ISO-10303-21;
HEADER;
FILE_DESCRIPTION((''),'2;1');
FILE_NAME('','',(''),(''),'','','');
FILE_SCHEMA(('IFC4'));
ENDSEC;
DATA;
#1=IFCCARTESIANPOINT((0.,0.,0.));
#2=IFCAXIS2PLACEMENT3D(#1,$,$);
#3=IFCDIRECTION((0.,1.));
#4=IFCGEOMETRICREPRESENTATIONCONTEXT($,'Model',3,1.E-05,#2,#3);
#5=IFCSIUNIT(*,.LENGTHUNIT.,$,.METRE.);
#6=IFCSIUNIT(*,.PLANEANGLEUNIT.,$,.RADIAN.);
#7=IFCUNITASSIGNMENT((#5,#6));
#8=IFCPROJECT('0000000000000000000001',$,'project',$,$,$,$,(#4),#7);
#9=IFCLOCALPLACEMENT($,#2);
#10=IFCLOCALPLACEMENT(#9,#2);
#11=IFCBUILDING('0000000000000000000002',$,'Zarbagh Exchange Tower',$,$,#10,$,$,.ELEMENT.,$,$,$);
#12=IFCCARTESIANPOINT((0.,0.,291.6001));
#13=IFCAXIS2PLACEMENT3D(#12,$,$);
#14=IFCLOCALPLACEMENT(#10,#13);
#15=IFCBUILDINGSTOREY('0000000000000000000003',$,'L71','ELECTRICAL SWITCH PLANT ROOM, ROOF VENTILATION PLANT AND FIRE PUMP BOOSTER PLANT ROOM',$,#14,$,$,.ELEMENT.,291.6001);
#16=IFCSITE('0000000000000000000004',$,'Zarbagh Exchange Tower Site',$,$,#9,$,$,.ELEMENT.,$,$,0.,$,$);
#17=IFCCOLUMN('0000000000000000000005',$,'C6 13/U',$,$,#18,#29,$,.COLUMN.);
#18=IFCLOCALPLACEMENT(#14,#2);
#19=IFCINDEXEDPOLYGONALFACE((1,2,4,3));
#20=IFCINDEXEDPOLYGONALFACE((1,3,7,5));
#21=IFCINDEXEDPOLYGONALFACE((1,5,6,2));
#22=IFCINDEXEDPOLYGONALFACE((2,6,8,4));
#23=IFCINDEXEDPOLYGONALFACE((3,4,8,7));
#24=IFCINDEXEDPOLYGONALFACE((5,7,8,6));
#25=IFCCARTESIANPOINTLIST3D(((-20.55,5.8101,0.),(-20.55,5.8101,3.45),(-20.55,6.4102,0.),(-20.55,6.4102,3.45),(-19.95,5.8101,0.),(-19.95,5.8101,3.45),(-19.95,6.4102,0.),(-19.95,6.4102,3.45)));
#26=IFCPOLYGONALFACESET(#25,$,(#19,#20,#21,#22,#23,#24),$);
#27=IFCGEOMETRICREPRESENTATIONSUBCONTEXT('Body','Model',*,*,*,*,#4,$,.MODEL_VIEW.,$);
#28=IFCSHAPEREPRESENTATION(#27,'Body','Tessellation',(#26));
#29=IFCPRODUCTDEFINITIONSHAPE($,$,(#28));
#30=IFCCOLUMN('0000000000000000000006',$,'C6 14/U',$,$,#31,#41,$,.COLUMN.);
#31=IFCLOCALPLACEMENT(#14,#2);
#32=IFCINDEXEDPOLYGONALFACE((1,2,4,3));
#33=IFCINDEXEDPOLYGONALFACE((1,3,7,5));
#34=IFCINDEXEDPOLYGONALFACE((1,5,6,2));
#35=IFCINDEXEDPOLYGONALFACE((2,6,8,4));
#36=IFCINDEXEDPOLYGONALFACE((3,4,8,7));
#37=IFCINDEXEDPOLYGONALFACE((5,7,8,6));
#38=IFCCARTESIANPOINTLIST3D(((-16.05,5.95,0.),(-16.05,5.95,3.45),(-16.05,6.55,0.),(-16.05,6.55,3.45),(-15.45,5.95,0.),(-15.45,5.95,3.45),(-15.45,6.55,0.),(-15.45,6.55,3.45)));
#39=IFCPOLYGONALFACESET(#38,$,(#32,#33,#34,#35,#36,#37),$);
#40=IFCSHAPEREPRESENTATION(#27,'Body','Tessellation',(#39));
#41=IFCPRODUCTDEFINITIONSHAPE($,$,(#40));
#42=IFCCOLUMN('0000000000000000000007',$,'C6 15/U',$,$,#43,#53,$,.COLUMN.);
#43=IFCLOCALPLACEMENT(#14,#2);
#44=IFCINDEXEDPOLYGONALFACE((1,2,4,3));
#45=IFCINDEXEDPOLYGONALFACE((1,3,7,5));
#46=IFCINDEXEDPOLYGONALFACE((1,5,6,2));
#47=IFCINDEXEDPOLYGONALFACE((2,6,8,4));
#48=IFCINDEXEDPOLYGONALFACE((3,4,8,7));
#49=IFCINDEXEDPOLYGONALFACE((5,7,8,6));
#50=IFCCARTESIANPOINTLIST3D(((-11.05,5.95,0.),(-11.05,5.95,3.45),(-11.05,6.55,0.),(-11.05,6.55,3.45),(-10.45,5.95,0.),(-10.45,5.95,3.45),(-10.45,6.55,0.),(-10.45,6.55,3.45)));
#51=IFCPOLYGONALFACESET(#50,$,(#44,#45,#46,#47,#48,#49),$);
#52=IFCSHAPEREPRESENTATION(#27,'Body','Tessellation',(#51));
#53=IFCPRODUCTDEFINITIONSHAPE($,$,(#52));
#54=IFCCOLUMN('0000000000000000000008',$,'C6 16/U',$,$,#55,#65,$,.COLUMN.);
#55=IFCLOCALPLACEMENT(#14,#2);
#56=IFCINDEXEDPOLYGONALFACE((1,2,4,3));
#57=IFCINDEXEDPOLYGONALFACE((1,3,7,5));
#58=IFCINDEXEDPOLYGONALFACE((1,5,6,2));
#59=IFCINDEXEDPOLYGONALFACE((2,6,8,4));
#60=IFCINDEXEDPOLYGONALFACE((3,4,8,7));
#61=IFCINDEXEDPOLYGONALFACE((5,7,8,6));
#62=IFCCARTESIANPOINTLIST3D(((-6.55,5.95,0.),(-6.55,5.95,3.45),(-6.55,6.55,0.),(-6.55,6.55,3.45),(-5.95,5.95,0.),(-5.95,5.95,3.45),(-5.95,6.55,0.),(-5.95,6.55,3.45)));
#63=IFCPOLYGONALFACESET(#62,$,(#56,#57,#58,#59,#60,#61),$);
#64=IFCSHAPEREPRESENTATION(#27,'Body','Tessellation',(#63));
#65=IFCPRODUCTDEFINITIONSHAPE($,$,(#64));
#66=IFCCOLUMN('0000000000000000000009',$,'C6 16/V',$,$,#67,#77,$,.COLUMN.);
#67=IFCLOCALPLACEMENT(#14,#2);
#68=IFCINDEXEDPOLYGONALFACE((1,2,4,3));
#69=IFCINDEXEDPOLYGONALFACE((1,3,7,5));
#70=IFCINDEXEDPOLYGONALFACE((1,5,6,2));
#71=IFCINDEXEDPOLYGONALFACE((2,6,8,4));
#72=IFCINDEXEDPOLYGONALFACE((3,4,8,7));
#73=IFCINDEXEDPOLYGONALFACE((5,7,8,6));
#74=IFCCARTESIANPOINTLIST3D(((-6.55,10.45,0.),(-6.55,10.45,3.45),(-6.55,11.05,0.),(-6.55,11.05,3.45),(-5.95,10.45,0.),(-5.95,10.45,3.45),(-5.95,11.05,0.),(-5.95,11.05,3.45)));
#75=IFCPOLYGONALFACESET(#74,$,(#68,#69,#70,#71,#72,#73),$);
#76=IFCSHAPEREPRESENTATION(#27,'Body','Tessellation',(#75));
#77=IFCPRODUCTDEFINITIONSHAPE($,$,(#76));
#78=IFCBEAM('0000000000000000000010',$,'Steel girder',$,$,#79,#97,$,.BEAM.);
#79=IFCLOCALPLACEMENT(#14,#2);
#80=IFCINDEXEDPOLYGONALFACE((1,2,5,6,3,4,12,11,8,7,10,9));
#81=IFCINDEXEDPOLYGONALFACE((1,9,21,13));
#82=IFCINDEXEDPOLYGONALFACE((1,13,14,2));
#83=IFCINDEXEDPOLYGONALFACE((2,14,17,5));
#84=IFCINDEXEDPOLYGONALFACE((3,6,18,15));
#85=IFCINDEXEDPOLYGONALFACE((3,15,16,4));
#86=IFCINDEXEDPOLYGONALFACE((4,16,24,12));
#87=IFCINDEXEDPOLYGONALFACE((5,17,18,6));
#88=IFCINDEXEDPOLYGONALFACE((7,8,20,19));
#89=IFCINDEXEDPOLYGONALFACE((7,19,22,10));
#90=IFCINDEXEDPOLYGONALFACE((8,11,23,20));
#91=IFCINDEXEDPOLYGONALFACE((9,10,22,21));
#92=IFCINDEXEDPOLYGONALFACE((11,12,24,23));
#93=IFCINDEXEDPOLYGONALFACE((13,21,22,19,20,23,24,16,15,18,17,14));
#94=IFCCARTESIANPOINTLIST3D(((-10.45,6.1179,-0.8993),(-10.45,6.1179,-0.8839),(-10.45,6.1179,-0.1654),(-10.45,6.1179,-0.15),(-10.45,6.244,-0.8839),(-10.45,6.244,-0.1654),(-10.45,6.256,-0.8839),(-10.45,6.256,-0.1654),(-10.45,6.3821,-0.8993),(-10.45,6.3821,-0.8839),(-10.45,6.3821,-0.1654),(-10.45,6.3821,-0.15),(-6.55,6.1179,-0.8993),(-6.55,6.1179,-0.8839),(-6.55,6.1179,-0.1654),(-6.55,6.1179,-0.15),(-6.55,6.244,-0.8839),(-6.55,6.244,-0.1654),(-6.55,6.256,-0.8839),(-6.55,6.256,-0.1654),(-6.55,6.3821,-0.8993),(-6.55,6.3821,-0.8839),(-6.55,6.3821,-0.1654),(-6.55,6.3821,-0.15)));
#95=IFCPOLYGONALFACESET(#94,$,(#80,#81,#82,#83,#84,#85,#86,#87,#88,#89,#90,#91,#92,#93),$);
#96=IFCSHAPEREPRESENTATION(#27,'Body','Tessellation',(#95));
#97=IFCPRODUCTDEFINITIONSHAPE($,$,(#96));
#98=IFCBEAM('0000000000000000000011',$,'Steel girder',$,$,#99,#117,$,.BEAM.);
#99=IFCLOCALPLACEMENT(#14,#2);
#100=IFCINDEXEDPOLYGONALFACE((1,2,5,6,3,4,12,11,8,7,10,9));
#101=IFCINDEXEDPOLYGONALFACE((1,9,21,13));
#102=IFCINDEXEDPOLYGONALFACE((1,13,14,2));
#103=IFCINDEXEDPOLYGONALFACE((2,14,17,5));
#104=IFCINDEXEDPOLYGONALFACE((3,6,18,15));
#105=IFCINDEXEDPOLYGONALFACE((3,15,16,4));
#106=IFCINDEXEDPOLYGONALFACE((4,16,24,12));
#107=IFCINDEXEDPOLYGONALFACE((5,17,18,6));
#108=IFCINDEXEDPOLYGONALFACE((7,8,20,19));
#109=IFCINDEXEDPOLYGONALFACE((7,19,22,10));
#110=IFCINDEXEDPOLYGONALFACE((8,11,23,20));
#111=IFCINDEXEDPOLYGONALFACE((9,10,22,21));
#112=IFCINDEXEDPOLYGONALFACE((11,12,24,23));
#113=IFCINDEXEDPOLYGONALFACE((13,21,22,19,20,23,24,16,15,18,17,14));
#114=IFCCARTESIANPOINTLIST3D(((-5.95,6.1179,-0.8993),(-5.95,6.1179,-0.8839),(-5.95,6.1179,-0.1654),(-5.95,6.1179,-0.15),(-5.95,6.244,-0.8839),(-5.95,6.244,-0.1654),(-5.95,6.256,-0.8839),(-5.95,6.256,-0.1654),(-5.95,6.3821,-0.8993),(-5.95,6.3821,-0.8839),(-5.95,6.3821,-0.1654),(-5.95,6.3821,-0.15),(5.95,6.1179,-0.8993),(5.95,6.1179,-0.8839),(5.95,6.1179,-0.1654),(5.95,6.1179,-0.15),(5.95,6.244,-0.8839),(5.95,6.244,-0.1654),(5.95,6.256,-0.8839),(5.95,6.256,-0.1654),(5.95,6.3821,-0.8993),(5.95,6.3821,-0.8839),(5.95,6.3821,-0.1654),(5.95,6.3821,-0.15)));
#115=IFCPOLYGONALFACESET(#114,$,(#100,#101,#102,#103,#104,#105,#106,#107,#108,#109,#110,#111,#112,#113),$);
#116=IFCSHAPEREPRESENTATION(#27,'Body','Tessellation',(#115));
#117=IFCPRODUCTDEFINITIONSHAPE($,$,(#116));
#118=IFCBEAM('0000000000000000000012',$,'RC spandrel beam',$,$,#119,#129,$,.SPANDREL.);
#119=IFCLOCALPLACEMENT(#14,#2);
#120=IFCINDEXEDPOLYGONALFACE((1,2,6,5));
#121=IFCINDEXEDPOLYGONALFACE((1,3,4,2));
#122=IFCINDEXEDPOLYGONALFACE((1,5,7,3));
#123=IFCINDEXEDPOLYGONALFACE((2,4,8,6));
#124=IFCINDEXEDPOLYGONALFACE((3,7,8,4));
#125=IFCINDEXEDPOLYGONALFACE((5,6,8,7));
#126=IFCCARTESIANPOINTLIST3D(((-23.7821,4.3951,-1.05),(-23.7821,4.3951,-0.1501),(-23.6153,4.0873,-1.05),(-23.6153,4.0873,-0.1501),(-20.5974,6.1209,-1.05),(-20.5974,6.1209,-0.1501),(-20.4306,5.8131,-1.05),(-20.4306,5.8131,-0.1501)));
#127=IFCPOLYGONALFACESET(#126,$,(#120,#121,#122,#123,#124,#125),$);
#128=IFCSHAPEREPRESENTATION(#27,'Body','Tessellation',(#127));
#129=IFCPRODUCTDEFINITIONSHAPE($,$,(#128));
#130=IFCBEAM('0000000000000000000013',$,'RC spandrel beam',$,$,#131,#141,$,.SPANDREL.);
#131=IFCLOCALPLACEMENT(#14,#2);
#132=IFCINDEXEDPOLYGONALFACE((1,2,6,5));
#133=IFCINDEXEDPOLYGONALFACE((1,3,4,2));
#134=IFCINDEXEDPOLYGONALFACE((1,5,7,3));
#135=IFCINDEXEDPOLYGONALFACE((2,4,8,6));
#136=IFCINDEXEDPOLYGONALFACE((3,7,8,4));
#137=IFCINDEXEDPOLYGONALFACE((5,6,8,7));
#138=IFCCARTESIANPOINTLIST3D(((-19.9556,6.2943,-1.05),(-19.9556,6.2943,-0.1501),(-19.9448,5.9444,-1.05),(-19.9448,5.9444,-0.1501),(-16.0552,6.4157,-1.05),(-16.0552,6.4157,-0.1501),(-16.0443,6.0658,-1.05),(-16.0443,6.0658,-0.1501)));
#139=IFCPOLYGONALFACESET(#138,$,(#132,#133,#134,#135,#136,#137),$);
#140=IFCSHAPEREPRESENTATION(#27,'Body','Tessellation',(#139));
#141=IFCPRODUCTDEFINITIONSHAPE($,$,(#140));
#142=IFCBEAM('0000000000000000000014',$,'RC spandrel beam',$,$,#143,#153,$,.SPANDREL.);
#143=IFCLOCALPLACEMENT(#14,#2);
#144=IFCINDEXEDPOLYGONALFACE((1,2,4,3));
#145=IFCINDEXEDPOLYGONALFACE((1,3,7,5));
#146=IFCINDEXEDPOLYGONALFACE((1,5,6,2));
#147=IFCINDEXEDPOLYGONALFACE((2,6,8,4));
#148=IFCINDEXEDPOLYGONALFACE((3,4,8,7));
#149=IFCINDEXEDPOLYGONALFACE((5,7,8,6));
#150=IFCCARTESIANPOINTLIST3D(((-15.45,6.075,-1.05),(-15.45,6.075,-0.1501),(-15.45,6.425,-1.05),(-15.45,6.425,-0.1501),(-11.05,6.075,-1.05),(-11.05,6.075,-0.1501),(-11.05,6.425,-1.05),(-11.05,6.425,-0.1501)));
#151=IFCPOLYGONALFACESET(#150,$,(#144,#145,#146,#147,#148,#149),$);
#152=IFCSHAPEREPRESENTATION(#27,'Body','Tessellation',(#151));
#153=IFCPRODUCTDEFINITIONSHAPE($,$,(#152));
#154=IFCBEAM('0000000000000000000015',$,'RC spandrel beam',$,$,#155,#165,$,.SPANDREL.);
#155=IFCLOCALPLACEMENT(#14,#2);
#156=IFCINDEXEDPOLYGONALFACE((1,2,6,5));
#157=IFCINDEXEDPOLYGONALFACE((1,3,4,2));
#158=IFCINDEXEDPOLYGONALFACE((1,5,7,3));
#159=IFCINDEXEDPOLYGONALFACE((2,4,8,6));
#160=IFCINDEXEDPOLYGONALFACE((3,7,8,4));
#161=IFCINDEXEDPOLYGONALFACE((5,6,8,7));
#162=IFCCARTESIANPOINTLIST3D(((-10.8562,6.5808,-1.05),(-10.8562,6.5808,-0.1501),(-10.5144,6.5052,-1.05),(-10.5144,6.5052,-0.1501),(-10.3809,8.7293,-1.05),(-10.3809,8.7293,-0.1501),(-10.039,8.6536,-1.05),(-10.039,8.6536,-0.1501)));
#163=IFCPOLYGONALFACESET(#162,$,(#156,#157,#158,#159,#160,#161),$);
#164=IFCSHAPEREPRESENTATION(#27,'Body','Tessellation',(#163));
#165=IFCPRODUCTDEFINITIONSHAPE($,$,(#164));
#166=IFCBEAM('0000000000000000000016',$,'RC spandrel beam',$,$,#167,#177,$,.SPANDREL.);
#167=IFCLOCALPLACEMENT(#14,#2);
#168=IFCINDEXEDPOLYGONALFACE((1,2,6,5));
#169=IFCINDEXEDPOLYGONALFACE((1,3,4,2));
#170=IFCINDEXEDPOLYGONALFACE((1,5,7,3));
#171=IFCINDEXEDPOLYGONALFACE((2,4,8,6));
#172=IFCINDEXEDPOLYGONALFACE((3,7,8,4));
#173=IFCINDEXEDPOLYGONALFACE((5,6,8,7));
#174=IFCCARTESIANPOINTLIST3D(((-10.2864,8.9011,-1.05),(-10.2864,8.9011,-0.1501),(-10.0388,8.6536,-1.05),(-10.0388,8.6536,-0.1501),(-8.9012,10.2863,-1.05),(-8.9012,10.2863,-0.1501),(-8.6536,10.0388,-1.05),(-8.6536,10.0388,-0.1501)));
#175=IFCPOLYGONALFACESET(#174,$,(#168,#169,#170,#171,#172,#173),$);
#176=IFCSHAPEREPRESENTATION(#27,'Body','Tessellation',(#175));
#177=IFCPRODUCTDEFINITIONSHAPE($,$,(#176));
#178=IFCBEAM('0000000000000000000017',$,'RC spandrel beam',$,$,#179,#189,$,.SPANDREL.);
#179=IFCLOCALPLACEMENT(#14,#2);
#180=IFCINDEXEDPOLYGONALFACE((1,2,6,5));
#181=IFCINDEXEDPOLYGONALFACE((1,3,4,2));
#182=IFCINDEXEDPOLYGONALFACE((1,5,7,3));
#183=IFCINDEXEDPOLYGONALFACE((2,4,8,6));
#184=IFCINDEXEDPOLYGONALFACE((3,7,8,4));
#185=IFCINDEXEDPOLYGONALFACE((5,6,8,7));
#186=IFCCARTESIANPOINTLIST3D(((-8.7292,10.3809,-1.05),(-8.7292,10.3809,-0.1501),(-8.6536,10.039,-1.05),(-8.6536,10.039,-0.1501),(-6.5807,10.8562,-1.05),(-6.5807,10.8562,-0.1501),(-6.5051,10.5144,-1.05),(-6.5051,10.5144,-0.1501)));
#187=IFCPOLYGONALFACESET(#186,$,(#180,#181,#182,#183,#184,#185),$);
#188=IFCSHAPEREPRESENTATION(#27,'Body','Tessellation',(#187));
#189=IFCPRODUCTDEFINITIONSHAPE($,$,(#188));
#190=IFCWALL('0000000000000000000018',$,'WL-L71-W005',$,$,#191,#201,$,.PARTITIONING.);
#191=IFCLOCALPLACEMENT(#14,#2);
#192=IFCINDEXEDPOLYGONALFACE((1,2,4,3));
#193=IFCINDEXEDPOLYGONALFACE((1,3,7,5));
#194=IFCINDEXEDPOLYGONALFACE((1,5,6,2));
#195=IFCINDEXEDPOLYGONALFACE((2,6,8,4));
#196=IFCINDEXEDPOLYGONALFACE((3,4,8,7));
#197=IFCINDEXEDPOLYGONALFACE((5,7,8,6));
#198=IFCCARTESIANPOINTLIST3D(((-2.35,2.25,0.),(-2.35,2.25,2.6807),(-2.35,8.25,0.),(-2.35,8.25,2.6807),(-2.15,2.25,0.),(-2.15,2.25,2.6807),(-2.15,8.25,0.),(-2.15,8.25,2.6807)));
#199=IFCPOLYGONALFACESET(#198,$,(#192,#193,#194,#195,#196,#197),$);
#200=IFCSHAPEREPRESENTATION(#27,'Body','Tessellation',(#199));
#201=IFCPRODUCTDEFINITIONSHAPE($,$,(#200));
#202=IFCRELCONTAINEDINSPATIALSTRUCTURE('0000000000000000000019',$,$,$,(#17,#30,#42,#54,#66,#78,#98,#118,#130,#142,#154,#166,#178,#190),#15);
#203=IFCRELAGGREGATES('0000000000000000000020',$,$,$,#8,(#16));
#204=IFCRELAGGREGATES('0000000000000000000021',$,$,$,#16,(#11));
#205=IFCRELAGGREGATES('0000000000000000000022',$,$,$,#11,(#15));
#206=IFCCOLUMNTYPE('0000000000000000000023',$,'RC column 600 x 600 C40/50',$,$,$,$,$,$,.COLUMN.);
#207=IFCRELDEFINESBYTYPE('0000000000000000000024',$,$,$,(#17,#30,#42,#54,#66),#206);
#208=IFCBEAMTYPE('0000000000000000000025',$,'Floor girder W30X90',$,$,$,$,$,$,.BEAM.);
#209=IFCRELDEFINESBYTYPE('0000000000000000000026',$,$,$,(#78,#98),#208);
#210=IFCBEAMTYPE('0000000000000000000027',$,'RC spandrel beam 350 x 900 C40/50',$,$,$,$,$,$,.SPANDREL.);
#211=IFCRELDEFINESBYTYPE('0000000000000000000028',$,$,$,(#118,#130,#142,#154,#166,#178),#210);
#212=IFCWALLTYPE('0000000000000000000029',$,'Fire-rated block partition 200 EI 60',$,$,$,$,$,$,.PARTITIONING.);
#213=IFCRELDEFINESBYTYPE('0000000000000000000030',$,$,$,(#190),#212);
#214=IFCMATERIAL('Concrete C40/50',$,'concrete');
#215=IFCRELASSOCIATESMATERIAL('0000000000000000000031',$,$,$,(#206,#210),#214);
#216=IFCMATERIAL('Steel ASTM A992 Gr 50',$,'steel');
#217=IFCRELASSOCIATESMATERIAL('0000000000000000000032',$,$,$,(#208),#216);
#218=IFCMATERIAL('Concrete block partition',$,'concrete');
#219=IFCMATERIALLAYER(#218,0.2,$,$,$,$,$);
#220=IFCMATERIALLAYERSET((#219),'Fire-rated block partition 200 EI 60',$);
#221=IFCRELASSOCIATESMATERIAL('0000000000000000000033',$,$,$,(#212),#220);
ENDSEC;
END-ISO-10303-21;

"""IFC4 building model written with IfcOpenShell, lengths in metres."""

from ifc_helpers import new_model, si_unit, direction, frame, frame_2d, origin, origin_2d, place, context, subcontext, project, spatial, rectangle, i_section, extrude, material, layer, layer_set, material_profile, profile_set, type_object, element, save


model = new_model("IFC4")

# Units and contexts
model_context = context("Model", 3, precision=1e-05, world=origin(), true_north=direction((0.0, 1.0)))
body_context = subcontext(model_context, "Body", "Model", "MODEL_VIEW")
ifc_project = project(units=[si_unit("LENGTHUNIT", "METRE"), si_unit("PLANEANGLEUNIT", "RADIAN")], contexts=[model_context])

# Site, building, storey
site_placement = place(None, origin())
site = spatial("IfcSite", under=ifc_project, at=site_placement, Name="Zarbagh Exchange Tower Site", CompositionType="ELEMENT", RefElevation=0.0)
building_placement = place(site_placement, origin())
building = spatial("IfcBuilding", under=site, at=building_placement, Name="Zarbagh Exchange Tower", CompositionType="ELEMENT")
storey_placement = place(building_placement, frame((0.0, 0.0, 291.6001)))
storey = spatial("IfcBuildingStorey", under=building, at=storey_placement, Name="L71", Description="ELECTRICAL SWITCH PLANT ROOM, ROOF VENTILATION PLANT AND FIRE PUMP BOOSTER PLANT ROOM", CompositionType="ELEMENT", Elevation=291.6001)

# Columns
ifc_material_1 = material(Name="Concrete C40/50", Category="concrete")
ifc_material_profile_1 = material_profile(ifc_material_1, rectangle(XDim=0.6001, YDim=0.6001, at=origin_2d()), Name="RC column 600 x 600 C40/50")
ifc_profile_set_1 = profile_set([ifc_material_profile_1], Name="Concrete C40/50")
column_type = type_object("IfcColumnType", Name="RC column 600 x 600 C40/50", PredefinedType="COLUMN", material=ifc_profile_set_1)
for number, where, z_axis, x_axis, name in (
    (1, (-20.25, 6.1101, 0.0), (0.0, 0.0, 1.0), (1.0, 0.0, 0.0), "C6 13/U"),
    (2, (-15.75, 6.25, 0.0), (0.0, 0.0, 1.0), (1.0, 0.0, 0.0), "C6 14/U"),
    (3, (-10.75, 6.25, 0.0), (0.0, 0.0, 1.0), (1.0, 0.0, 0.0), "C6 15/U"),
    (4, (-6.25, 6.25, 0.0), (0.0, 0.0, 1.0), (1.0, 0.0, 0.0), "C6 16/U"),
    (5, (-6.25, 10.75, 0.0), (0.0, 0.0, 1.0), (1.0, 0.0, 0.0), "C6 16/V"),
):
    element("IfcColumn", number, at=place(storey_placement, frame(where, z_axis=z_axis, x_axis=x_axis)), inside=storey, type_object=column_type, Name=name, PredefinedType="COLUMN", context=body_context, shape_type="SweptSolid", body=[
        extrude(rectangle(XDim=0.6001, YDim=0.6001, at=origin_2d()), origin(), (0.0, 0.0, 1.0), 3.45),
    ])

# Beams
ifc_material_2 = material(Name="Steel ASTM A992 Gr 50", Category="steel")
ifc_material_profile_2 = material_profile(ifc_material_2, i_section(OverallWidth=0.2642, OverallDepth=0.7493, WebThickness=0.012, FlangeThickness=0.0154, at=origin_2d()), Name="W30X90")
ifc_profile_set_2 = profile_set([ifc_material_profile_2], Name="Steel ASTM A992 Gr 50")
beam_type_1 = type_object("IfcBeamType", Name="Floor girder W30X90", PredefinedType="BEAM", material=ifc_profile_set_2)
beam_1_placement = place(storey_placement, frame((-10.45, 6.25, -0.5247), z_axis=(1.0, 0.0, 0.0), x_axis=(0.0, 1.0, 0.0)))
element("IfcBeam", 6, at=beam_1_placement, inside=storey, type_object=beam_type_1, Name="Steel girder", PredefinedType="BEAM", context=body_context, shape_type="SweptSolid", body=[
    extrude(i_section(OverallWidth=0.2642, OverallDepth=0.7493, WebThickness=0.012, FlangeThickness=0.0154, at=origin_2d()), origin(), (0.0, 0.0, 1.0), 3.8999),
])
beam_2_placement = place(storey_placement, frame((-5.95, 6.25, -0.5247), z_axis=(1.0, 0.0, 0.0), x_axis=(0.0, 1.0, 0.0)))
element("IfcBeam", 7, at=beam_2_placement, inside=storey, type_object=beam_type_1, Name="Steel girder", PredefinedType="BEAM", context=body_context, shape_type="SweptSolid", body=[
    extrude(i_section(OverallWidth=0.2642, OverallDepth=0.7493, WebThickness=0.012, FlangeThickness=0.0154, at=origin_2d()), origin(), (0.0, 0.0, 1.0), 11.8999),
])
ifc_material_profile_3 = material_profile(ifc_material_1, rectangle(XDim=0.3501, YDim=0.8999, at=origin_2d()), Name="RC spandrel beam 350 x 900 C40/50")
ifc_profile_set_3 = profile_set([ifc_material_profile_3], Name="Concrete C40/50")
beam_type_2 = type_object("IfcBeamType", Name="RC spandrel beam 350 x 900 C40/50", PredefinedType="SPANDREL", material=ifc_profile_set_3)
beam_3_placement = place(storey_placement, frame((-23.6987, 4.2412, -0.6001), z_axis=(0.879208, 0.476437, 0.0), x_axis=(-0.476437, 0.879208, 0.0)))
element("IfcBeam", 8, at=beam_3_placement, inside=storey, type_object=beam_type_2, Name="RC spandrel beam", PredefinedType="SPANDREL", context=body_context, shape_type="SweptSolid", body=[
    extrude(rectangle(XDim=0.3501, YDim=0.8999, at=origin_2d()), origin(), (0.0, 0.0, 1.0), 3.6223),
])
beam_4_placement = place(storey_placement, frame((-19.9502, 6.1194, -0.6001), z_axis=(0.999516, 0.031094, 0.0), x_axis=(-0.031094, 0.999516, 0.0)))
element("IfcBeam", 9, at=beam_4_placement, inside=storey, type_object=beam_type_2, Name="RC spandrel beam", PredefinedType="SPANDREL", context=body_context, shape_type="SweptSolid", body=[
    extrude(rectangle(XDim=0.3501, YDim=0.8999, at=origin_2d()), origin(), (0.0, 0.0, 1.0), 3.9023),
])
beam_5_placement = place(storey_placement, frame((-15.45, 6.25, -0.6001), z_axis=(1.0, 0.0, 0.0), x_axis=(0.0, 1.0, 0.0)))
element("IfcBeam", 10, at=beam_5_placement, inside=storey, type_object=beam_type_2, Name="RC spandrel beam", PredefinedType="SPANDREL", context=body_context, shape_type="SweptSolid", body=[
    extrude(rectangle(XDim=0.3501, YDim=0.8999, at=origin_2d()), origin(), (0.0, 0.0, 1.0), 4.3999),
])
beam_6_placement = place(storey_placement, frame((-10.6853, 6.543, -0.6001), z_axis=(0.216026, 0.976388, 0.0), x_axis=(-0.976388, 0.216026, 0.0)))
element("IfcBeam", 11, at=beam_6_placement, inside=storey, type_object=beam_type_2, Name="RC spandrel beam", PredefinedType="SPANDREL", context=body_context, shape_type="SweptSolid", body=[
    extrude(rectangle(XDim=0.3501, YDim=0.8999, at=origin_2d()), origin(), (0.0, 0.0, 1.0), 2.2004),
])
beam_7_placement = place(storey_placement, frame((-10.1626, 8.7773, -0.6001), z_axis=(0.707107, 0.707107, 0.0), x_axis=(-0.707107, 0.707107, 0.0)))
element("IfcBeam", 12, at=beam_7_placement, inside=storey, type_object=beam_type_2, Name="RC spandrel beam", PredefinedType="SPANDREL", context=body_context, shape_type="SweptSolid", body=[
    extrude(rectangle(XDim=0.3501, YDim=0.8999, at=origin_2d()), origin(), (0.0, 0.0, 1.0), 1.959),
])
beam_8_placement = place(storey_placement, frame((-8.6914, 10.21, -0.6001), z_axis=(0.976388, 0.216026, 0.0), x_axis=(-0.216026, 0.976388, 0.0)))
element("IfcBeam", 13, at=beam_8_placement, inside=storey, type_object=beam_type_2, Name="RC spandrel beam", PredefinedType="SPANDREL", context=body_context, shape_type="SweptSolid", body=[
    extrude(rectangle(XDim=0.3501, YDim=0.8999, at=origin_2d()), origin(), (0.0, 0.0, 1.0), 2.2004),
])

# Wall
ifc_material_3 = material(Name="Concrete block partition", Category="concrete")
ifc_layer = layer(ifc_material_3, 0.2)
ifc_layer_set = layer_set([ifc_layer], Name="Fire-rated block partition 200 EI 60")
wall_type = type_object("IfcWallType", Name="Fire-rated block partition 200 EI 60", PredefinedType="PARTITIONING", material=ifc_layer_set)
wall_1_placement = place(storey_placement, frame((-2.25, 2.25, 0.0), z_axis=(0.0, 0.0, 1.0), x_axis=(0.0, 1.0, 0.0)))
element("IfcWall", 14, at=wall_1_placement, inside=storey, type_object=wall_type, Name="WL-L71-W005", PredefinedType="PARTITIONING", context=body_context, shape_type="SweptSolid", body=[
    extrude(rectangle(XDim=6.0, YDim=0.2, at=frame_2d((3.0, 0.0))), origin(), (0.0, 0.0, 1.0), 2.6807),
])

save(model, "model.ifc")
